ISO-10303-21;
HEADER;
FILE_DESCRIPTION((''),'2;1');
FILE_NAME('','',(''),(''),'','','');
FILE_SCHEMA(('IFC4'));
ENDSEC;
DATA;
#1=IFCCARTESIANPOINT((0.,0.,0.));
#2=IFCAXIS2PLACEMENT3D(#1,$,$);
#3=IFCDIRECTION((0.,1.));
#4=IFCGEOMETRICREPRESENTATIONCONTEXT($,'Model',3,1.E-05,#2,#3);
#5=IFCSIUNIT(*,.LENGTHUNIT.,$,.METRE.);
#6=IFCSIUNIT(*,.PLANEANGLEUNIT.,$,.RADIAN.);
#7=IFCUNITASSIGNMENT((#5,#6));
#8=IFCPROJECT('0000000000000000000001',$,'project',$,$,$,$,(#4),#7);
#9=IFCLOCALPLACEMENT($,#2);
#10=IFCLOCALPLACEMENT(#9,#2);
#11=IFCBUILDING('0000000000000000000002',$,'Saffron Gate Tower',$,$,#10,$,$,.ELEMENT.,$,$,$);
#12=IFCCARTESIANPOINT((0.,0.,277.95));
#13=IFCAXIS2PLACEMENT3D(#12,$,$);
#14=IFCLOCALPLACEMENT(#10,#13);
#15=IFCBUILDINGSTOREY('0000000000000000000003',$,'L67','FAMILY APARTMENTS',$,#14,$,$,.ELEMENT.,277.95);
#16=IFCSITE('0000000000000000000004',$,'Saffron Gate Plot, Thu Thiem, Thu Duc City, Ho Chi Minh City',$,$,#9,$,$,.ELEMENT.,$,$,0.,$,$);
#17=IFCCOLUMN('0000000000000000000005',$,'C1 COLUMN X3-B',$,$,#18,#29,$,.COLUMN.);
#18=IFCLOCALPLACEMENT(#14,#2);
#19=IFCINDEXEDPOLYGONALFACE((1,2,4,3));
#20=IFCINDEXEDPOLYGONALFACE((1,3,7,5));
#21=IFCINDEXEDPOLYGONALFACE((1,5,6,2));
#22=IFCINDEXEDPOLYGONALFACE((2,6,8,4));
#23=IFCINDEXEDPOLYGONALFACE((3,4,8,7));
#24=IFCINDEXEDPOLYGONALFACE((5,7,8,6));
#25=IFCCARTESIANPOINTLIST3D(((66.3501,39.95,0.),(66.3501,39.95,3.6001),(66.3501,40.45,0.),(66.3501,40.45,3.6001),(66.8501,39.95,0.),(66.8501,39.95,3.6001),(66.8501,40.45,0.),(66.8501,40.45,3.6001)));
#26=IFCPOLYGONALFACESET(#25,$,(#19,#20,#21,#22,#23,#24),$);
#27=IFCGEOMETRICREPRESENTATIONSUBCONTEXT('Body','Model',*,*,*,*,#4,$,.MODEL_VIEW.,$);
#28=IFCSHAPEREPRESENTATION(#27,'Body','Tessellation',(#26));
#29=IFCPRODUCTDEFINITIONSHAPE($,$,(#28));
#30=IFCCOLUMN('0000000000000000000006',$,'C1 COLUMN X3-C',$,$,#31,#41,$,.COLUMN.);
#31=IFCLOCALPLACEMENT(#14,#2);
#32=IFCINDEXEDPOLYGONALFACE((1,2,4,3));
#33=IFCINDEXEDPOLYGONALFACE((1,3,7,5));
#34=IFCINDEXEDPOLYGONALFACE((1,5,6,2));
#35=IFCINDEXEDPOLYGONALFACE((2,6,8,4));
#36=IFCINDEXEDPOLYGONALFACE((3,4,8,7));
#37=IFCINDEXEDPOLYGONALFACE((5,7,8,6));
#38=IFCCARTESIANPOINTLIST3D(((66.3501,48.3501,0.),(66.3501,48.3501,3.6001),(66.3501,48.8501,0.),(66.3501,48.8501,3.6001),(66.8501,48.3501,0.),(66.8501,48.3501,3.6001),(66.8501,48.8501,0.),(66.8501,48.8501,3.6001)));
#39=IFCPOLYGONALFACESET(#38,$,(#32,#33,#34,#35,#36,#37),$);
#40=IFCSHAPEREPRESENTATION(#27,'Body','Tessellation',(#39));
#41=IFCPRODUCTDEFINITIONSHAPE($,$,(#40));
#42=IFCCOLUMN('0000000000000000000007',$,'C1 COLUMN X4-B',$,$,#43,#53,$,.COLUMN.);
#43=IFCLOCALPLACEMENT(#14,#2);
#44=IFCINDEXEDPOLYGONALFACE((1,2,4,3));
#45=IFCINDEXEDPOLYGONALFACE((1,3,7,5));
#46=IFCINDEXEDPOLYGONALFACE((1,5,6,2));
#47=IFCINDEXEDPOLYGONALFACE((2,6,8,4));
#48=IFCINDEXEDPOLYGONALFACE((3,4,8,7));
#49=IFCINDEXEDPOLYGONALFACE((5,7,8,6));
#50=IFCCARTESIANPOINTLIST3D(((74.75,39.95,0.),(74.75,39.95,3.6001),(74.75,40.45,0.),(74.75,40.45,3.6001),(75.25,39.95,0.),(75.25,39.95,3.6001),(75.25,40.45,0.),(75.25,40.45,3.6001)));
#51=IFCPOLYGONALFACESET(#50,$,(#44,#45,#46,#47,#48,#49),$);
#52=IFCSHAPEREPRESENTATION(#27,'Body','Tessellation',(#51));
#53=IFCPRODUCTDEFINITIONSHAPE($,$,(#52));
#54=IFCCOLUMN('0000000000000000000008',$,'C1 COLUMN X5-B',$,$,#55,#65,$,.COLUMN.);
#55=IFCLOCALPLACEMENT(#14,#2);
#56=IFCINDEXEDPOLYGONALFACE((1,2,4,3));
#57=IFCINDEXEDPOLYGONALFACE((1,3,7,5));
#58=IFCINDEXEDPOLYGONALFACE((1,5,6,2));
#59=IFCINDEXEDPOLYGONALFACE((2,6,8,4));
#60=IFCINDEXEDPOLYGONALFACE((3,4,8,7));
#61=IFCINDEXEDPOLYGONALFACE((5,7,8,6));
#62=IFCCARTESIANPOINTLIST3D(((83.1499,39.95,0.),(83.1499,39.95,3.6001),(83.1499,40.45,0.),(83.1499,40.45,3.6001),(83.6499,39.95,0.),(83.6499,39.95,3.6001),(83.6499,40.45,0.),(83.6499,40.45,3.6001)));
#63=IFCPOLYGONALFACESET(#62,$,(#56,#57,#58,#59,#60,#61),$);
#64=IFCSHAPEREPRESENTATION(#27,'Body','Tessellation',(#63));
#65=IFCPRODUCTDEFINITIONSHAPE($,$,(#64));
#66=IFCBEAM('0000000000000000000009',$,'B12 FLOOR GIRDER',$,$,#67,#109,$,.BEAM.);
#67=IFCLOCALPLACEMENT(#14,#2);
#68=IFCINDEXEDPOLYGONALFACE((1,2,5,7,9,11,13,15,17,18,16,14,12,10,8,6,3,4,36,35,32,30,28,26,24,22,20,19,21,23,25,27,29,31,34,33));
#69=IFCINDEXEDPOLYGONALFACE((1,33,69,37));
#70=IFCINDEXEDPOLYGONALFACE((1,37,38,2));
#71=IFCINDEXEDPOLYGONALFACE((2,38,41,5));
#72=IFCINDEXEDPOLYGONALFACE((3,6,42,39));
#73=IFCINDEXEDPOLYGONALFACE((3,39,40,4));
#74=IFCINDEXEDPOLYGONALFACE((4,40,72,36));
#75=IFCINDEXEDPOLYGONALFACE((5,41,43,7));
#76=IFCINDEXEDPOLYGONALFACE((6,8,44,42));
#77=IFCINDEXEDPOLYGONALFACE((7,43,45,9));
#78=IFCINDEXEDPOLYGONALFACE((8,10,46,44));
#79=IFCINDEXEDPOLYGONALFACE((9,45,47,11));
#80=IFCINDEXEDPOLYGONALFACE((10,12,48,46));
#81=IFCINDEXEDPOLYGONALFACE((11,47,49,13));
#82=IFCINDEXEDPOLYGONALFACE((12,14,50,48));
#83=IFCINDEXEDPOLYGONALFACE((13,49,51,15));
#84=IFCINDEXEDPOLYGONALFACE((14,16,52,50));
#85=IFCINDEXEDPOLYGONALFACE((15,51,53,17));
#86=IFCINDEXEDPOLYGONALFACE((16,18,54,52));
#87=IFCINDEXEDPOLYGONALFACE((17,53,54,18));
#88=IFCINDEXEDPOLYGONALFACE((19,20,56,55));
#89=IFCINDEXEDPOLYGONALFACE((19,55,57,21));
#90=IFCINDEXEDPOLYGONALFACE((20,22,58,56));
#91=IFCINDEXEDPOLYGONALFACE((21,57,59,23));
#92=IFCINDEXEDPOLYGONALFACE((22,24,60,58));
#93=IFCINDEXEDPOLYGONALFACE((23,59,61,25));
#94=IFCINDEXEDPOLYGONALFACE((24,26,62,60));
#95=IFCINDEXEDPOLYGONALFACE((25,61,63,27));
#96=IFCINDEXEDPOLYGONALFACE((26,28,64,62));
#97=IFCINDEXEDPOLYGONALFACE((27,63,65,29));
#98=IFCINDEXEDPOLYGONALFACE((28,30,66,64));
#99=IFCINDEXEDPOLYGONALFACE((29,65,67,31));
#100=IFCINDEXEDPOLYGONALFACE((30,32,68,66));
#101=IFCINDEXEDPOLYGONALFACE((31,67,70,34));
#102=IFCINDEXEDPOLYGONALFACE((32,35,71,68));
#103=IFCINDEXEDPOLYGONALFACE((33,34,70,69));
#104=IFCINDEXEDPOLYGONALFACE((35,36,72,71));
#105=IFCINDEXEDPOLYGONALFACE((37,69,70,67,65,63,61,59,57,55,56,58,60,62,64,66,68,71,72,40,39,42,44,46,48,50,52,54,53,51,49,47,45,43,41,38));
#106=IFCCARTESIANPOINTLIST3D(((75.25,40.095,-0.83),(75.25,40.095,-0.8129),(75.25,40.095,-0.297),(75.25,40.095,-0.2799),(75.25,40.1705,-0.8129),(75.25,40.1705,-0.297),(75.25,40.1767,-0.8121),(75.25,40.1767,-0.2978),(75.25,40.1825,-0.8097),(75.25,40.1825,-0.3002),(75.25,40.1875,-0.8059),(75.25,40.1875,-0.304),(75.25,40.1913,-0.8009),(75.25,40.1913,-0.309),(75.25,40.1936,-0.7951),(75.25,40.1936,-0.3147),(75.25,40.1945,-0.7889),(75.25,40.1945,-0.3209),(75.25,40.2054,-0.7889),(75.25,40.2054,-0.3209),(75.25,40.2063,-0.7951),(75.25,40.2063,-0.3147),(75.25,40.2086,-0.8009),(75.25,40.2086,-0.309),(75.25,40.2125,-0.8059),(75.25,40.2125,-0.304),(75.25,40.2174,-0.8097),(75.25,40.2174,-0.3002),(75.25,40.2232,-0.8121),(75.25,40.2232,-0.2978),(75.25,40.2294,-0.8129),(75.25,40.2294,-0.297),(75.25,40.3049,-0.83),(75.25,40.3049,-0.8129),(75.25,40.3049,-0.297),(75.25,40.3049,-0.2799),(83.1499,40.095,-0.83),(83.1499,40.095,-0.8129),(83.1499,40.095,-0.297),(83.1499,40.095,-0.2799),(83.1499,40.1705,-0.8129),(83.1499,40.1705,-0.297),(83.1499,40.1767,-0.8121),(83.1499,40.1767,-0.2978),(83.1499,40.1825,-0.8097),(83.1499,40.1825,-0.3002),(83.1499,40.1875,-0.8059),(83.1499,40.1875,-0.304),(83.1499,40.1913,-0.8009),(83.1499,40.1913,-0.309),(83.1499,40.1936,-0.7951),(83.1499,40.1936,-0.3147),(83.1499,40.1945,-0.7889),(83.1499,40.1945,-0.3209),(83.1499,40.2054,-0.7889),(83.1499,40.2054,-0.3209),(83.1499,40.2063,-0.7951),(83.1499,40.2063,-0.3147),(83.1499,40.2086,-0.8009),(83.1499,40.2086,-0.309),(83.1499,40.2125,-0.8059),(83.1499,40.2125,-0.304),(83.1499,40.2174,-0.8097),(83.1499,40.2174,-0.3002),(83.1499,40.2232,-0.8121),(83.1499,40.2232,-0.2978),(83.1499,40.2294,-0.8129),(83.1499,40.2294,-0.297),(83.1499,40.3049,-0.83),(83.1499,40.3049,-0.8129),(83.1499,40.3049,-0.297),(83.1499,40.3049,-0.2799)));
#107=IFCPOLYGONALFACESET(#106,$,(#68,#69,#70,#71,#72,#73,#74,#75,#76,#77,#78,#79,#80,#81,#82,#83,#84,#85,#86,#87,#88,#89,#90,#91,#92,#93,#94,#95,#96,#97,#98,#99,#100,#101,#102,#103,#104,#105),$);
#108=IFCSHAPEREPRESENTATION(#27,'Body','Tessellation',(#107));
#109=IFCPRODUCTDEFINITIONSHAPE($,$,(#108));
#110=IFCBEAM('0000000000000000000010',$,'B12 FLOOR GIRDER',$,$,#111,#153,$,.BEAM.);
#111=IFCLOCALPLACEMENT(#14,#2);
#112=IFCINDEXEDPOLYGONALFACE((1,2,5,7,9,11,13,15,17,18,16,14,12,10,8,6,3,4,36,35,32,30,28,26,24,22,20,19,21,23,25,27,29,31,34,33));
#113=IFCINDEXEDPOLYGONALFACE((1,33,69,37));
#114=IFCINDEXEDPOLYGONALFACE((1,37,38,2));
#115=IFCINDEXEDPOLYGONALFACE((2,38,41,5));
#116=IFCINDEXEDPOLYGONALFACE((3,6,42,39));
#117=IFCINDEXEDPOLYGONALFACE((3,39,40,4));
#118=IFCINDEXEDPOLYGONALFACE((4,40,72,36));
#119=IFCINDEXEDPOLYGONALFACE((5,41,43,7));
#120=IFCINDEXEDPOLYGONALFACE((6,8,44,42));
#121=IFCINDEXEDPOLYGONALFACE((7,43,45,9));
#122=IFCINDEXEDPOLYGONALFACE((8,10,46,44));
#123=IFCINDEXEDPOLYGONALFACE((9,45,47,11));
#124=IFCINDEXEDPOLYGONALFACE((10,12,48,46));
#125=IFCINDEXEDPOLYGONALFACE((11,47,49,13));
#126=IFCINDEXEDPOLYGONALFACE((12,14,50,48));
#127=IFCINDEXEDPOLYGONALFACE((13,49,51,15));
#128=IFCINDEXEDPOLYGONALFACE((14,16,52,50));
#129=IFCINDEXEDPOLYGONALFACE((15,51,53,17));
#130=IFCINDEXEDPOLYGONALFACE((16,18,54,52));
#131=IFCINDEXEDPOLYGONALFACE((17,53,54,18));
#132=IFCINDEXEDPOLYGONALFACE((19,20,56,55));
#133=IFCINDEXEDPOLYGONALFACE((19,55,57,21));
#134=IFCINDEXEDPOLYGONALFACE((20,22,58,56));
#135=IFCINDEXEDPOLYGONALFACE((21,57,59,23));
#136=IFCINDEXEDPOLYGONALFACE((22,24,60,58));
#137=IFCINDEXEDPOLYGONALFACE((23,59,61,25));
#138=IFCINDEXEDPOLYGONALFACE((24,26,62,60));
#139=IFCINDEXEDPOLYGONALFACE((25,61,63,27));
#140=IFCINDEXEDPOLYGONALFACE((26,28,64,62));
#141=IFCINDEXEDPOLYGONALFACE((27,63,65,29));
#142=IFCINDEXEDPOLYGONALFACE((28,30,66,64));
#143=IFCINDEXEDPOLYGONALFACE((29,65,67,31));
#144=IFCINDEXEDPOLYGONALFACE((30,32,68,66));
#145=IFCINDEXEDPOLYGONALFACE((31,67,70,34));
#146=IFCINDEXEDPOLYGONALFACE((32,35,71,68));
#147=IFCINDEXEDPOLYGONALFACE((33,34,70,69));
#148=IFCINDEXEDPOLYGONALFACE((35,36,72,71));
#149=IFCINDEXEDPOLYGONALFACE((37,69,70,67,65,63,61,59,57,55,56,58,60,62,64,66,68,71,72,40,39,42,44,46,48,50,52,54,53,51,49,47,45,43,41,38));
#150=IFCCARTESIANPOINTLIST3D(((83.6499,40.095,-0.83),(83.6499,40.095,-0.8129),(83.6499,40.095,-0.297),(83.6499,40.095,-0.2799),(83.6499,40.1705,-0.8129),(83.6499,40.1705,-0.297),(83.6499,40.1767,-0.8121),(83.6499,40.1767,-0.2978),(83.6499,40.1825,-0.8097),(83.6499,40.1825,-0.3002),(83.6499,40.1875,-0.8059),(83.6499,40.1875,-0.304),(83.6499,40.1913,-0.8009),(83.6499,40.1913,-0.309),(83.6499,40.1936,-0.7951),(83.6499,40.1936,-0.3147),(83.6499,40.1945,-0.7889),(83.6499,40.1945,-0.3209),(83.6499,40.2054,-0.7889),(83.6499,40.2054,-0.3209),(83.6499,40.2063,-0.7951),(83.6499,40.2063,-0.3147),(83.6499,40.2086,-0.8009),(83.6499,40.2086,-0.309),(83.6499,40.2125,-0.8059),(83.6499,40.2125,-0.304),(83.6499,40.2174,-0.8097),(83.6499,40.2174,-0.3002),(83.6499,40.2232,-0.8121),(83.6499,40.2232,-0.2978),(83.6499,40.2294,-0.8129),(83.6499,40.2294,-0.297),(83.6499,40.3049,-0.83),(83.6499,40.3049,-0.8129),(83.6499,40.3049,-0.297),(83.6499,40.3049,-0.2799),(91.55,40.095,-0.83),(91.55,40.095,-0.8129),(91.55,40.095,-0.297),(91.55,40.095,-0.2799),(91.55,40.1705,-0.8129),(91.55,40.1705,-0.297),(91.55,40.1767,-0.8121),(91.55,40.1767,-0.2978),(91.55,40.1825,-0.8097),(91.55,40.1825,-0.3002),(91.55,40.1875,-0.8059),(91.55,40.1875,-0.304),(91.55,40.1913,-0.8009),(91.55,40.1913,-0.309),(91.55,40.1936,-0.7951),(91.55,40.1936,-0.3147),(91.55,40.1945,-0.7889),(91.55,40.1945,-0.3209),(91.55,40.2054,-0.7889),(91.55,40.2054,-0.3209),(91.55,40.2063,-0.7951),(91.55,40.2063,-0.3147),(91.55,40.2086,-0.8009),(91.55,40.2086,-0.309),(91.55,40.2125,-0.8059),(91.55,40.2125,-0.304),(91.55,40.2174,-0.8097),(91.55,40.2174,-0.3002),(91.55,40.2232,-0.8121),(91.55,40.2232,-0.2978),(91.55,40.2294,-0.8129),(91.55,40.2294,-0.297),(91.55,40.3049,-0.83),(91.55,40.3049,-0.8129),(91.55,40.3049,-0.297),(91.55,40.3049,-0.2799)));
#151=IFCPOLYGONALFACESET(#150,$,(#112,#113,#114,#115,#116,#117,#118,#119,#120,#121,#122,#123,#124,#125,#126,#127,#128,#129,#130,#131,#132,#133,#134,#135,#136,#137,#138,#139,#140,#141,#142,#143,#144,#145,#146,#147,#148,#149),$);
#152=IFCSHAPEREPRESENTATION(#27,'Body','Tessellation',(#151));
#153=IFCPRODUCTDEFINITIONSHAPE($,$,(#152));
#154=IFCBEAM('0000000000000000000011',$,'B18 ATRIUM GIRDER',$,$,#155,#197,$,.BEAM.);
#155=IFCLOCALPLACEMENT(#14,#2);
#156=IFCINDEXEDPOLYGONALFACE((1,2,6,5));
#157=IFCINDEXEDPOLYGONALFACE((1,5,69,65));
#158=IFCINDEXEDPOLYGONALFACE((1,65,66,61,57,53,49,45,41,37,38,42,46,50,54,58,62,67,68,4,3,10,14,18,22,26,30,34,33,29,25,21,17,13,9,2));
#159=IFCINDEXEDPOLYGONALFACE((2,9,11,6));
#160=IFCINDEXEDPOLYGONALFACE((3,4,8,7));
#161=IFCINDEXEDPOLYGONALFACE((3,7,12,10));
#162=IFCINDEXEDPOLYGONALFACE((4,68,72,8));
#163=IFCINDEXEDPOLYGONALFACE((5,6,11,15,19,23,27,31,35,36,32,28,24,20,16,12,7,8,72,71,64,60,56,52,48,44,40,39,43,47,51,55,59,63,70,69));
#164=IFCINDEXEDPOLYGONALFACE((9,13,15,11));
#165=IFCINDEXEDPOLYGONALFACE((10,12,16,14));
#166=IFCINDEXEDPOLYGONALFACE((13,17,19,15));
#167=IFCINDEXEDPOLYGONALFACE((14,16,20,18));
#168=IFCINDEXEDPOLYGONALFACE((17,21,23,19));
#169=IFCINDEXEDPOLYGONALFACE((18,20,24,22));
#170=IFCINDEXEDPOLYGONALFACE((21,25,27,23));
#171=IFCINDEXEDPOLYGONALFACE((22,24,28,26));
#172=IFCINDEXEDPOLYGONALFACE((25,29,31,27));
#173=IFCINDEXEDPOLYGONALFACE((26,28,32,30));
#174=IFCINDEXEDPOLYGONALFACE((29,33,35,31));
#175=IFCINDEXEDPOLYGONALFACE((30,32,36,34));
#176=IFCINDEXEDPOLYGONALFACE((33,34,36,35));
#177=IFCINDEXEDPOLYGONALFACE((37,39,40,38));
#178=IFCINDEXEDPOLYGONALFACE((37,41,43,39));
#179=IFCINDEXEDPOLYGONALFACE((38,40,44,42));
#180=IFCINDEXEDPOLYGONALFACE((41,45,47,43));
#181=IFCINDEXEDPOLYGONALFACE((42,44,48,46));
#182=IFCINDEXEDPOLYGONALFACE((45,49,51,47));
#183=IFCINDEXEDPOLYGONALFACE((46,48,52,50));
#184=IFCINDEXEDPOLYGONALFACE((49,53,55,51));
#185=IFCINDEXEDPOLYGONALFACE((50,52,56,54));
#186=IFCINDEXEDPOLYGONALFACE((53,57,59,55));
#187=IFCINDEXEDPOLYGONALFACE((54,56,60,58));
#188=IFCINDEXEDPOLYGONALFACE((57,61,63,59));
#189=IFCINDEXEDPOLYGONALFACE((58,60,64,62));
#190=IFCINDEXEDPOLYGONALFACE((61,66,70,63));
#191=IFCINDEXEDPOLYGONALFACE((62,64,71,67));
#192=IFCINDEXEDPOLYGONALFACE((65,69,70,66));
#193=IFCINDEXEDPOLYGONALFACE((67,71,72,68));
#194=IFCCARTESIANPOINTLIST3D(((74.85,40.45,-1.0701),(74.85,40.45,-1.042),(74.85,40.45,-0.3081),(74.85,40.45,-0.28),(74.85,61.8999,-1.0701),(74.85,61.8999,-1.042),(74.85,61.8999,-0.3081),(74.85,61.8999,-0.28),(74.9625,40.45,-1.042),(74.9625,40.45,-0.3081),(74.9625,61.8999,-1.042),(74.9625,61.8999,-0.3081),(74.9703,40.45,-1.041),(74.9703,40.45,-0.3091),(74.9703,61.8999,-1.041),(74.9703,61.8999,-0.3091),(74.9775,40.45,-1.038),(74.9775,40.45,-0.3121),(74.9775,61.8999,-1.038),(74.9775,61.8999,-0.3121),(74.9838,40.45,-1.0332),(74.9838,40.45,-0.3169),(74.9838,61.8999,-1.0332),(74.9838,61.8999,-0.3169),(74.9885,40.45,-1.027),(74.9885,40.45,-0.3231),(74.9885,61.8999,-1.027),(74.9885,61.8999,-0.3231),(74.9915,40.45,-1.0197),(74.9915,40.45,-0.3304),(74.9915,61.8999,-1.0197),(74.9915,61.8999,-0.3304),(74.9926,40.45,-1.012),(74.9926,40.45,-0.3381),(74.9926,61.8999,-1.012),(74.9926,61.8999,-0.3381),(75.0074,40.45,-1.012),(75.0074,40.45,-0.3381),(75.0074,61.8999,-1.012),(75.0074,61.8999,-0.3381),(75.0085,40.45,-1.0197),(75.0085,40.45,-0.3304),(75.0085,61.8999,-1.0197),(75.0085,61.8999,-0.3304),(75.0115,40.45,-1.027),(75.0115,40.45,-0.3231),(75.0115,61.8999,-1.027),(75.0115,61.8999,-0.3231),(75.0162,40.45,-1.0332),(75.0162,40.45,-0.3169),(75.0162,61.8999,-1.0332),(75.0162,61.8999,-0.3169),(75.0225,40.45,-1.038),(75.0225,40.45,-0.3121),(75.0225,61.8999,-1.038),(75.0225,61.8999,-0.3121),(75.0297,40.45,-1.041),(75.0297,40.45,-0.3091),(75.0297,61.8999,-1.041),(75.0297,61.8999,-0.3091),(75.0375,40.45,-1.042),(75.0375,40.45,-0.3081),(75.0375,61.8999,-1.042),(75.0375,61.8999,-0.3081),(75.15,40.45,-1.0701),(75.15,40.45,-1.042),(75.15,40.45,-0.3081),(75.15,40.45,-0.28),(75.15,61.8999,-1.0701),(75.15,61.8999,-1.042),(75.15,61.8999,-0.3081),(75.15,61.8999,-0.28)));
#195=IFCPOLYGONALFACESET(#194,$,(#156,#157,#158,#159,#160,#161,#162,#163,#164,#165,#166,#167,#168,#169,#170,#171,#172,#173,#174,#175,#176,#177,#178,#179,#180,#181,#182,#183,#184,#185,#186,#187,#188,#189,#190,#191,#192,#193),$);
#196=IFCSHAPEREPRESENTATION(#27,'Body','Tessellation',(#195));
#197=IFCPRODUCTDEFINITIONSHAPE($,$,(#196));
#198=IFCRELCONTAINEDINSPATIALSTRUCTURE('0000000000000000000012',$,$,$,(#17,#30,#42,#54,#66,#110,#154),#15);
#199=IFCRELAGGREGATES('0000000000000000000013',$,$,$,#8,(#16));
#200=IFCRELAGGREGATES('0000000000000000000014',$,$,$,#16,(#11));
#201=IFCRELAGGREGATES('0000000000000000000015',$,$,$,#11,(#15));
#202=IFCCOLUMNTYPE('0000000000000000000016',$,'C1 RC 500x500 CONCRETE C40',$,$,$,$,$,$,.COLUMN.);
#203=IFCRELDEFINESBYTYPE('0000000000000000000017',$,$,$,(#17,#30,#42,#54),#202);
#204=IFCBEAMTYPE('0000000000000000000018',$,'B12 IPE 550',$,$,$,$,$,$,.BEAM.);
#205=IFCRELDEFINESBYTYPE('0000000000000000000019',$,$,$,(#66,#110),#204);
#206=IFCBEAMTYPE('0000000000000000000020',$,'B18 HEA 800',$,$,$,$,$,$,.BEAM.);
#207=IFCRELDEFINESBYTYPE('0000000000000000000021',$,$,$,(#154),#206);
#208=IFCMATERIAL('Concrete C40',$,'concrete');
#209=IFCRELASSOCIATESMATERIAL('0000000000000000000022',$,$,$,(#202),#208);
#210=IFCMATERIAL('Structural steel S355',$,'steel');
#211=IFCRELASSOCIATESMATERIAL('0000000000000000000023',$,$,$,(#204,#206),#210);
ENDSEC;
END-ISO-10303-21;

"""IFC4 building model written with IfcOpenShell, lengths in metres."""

from ifc_helpers import new_model, si_unit, direction, frame, origin, origin_2d, place, context, subcontext, project, spatial, rectangle, i_section, extrude, material, material_profile, profile_set, type_object, element, save


model = new_model("IFC4")

# Units and contexts
model_context = context("Model", 3, precision=1e-05, world=origin(), true_north=direction((0.0, 1.0)))
body_context = subcontext(model_context, "Body", "Model", "MODEL_VIEW")
ifc_project = project(units=[si_unit("LENGTHUNIT", "METRE"), si_unit("PLANEANGLEUNIT", "RADIAN")], contexts=[model_context])

# Site, building, storey
site_placement = place(None, origin())
site = spatial("IfcSite", under=ifc_project, at=site_placement, Name="Saffron Gate Plot, Thu Thiem, Thu Duc City, Ho Chi Minh City", CompositionType="ELEMENT", RefElevation=0.0)
building_placement = place(site_placement, origin())
building = spatial("IfcBuilding", under=site, at=building_placement, Name="Saffron Gate Tower", CompositionType="ELEMENT")
storey_placement = place(building_placement, frame((0.0, 0.0, 277.95)))
storey = spatial("IfcBuildingStorey", under=building, at=storey_placement, Name="L67", Description="FAMILY APARTMENTS", CompositionType="ELEMENT", Elevation=277.95)

# Columns
ifc_material_1 = material(Name="Concrete C40", Category="concrete")
ifc_material_profile_1 = material_profile(ifc_material_1, rectangle(XDim=0.5, YDim=0.5, at=origin_2d()))
ifc_profile_set_1 = profile_set([ifc_material_profile_1], Name="Concrete C40")
column_type = type_object("IfcColumnType", Name="C1 RC 500x500 CONCRETE C40", PredefinedType="COLUMN", material=ifc_profile_set_1)
for number, where, z_axis, x_axis, name in (
    (1, (66.6001, 40.2, 0.0), (0.0, 0.0, 1.0), (1.0, 0.0, 0.0), "C1 COLUMN X3-B"),
    (2, (66.6001, 48.6001, 0.0), (0.0, 0.0, 1.0), (1.0, 0.0, 0.0), "C1 COLUMN X3-C"),
    (3, (75.0, 40.2, 0.0), (0.0, 0.0, 1.0), (1.0, 0.0, 0.0), "C1 COLUMN X4-B"),
    (4, (83.3999, 40.2, 0.0), (0.0, 0.0, 1.0), (1.0, 0.0, 0.0), "C1 COLUMN X5-B"),
):
    element("IfcColumn", number, at=place(storey_placement, frame(where, z_axis=z_axis, x_axis=x_axis)), inside=storey, type_object=column_type, Name=name, PredefinedType="COLUMN", context=body_context, shape_type="SweptSolid", body=[
        extrude(rectangle(XDim=0.5, YDim=0.5, at=origin_2d()), origin(), (0.0, 0.0, 1.0), 3.6001),
    ])

# Beams
ifc_material_2 = material(Name="Structural steel S355", Category="steel")
ifc_material_profile_2 = material_profile(ifc_material_2, i_section(OverallWidth=0.21, OverallDepth=0.55, WebThickness=0.011, FlangeThickness=0.0171, FilletRadius=0.0239, at=origin_2d()))
ifc_profile_set_2 = profile_set([ifc_material_profile_2], Name="Structural steel S355")
beam_type_1 = type_object("IfcBeamType", Name="B12 IPE 550", PredefinedType="BEAM", material=ifc_profile_set_2)
beam_1_placement = place(storey_placement, frame((75.25, 40.2, -0.5549), z_axis=(1.0, 0.0, 0.0), x_axis=(0.0, 1.0, 0.0)))
element("IfcBeam", 5, at=beam_1_placement, inside=storey, type_object=beam_type_1, Name="B12 FLOOR GIRDER", PredefinedType="BEAM", context=body_context, shape_type="SweptSolid", body=[
    extrude(i_section(OverallWidth=0.21, OverallDepth=0.55, WebThickness=0.011, FlangeThickness=0.0171, FilletRadius=0.0239, at=origin_2d()), origin(), (0.0, 0.0, 1.0), 7.8999),
])
beam_2_placement = place(storey_placement, frame((83.6499, 40.2, -0.5549), z_axis=(1.0, 0.0, 0.0), x_axis=(0.0, 1.0, 0.0)))
element("IfcBeam", 6, at=beam_2_placement, inside=storey, type_object=beam_type_1, Name="B12 FLOOR GIRDER", PredefinedType="BEAM", context=body_context, shape_type="SweptSolid", body=[
    extrude(i_section(OverallWidth=0.21, OverallDepth=0.55, WebThickness=0.011, FlangeThickness=0.0171, FilletRadius=0.0239, at=origin_2d()), origin(), (0.0, 0.0, 1.0), 7.9001),
])
ifc_material_profile_3 = material_profile(ifc_material_2, i_section(OverallWidth=0.3, OverallDepth=0.79, WebThickness=0.0149, FlangeThickness=0.0281, FilletRadius=0.03, at=origin_2d()))
ifc_profile_set_3 = profile_set([ifc_material_profile_3], Name="Structural steel S355")
beam_type_2 = type_object("IfcBeamType", Name="B18 HEA 800", PredefinedType="BEAM", material=ifc_profile_set_3)
beam_3_placement = place(storey_placement, frame((75.0, 40.45, -0.675), z_axis=(0.0, 1.0, 0.0), x_axis=(-1.0, 0.0, 0.0)))
element("IfcBeam", 7, at=beam_3_placement, inside=storey, type_object=beam_type_2, Name="B18 ATRIUM GIRDER", PredefinedType="BEAM", context=body_context, shape_type="SweptSolid", body=[
    extrude(i_section(OverallWidth=0.3, OverallDepth=0.79, WebThickness=0.0149, FlangeThickness=0.0281, FilletRadius=0.03, at=origin_2d()), origin(), (0.0, 0.0, 1.0), 21.45),
])

save(model, "model.ifc")
